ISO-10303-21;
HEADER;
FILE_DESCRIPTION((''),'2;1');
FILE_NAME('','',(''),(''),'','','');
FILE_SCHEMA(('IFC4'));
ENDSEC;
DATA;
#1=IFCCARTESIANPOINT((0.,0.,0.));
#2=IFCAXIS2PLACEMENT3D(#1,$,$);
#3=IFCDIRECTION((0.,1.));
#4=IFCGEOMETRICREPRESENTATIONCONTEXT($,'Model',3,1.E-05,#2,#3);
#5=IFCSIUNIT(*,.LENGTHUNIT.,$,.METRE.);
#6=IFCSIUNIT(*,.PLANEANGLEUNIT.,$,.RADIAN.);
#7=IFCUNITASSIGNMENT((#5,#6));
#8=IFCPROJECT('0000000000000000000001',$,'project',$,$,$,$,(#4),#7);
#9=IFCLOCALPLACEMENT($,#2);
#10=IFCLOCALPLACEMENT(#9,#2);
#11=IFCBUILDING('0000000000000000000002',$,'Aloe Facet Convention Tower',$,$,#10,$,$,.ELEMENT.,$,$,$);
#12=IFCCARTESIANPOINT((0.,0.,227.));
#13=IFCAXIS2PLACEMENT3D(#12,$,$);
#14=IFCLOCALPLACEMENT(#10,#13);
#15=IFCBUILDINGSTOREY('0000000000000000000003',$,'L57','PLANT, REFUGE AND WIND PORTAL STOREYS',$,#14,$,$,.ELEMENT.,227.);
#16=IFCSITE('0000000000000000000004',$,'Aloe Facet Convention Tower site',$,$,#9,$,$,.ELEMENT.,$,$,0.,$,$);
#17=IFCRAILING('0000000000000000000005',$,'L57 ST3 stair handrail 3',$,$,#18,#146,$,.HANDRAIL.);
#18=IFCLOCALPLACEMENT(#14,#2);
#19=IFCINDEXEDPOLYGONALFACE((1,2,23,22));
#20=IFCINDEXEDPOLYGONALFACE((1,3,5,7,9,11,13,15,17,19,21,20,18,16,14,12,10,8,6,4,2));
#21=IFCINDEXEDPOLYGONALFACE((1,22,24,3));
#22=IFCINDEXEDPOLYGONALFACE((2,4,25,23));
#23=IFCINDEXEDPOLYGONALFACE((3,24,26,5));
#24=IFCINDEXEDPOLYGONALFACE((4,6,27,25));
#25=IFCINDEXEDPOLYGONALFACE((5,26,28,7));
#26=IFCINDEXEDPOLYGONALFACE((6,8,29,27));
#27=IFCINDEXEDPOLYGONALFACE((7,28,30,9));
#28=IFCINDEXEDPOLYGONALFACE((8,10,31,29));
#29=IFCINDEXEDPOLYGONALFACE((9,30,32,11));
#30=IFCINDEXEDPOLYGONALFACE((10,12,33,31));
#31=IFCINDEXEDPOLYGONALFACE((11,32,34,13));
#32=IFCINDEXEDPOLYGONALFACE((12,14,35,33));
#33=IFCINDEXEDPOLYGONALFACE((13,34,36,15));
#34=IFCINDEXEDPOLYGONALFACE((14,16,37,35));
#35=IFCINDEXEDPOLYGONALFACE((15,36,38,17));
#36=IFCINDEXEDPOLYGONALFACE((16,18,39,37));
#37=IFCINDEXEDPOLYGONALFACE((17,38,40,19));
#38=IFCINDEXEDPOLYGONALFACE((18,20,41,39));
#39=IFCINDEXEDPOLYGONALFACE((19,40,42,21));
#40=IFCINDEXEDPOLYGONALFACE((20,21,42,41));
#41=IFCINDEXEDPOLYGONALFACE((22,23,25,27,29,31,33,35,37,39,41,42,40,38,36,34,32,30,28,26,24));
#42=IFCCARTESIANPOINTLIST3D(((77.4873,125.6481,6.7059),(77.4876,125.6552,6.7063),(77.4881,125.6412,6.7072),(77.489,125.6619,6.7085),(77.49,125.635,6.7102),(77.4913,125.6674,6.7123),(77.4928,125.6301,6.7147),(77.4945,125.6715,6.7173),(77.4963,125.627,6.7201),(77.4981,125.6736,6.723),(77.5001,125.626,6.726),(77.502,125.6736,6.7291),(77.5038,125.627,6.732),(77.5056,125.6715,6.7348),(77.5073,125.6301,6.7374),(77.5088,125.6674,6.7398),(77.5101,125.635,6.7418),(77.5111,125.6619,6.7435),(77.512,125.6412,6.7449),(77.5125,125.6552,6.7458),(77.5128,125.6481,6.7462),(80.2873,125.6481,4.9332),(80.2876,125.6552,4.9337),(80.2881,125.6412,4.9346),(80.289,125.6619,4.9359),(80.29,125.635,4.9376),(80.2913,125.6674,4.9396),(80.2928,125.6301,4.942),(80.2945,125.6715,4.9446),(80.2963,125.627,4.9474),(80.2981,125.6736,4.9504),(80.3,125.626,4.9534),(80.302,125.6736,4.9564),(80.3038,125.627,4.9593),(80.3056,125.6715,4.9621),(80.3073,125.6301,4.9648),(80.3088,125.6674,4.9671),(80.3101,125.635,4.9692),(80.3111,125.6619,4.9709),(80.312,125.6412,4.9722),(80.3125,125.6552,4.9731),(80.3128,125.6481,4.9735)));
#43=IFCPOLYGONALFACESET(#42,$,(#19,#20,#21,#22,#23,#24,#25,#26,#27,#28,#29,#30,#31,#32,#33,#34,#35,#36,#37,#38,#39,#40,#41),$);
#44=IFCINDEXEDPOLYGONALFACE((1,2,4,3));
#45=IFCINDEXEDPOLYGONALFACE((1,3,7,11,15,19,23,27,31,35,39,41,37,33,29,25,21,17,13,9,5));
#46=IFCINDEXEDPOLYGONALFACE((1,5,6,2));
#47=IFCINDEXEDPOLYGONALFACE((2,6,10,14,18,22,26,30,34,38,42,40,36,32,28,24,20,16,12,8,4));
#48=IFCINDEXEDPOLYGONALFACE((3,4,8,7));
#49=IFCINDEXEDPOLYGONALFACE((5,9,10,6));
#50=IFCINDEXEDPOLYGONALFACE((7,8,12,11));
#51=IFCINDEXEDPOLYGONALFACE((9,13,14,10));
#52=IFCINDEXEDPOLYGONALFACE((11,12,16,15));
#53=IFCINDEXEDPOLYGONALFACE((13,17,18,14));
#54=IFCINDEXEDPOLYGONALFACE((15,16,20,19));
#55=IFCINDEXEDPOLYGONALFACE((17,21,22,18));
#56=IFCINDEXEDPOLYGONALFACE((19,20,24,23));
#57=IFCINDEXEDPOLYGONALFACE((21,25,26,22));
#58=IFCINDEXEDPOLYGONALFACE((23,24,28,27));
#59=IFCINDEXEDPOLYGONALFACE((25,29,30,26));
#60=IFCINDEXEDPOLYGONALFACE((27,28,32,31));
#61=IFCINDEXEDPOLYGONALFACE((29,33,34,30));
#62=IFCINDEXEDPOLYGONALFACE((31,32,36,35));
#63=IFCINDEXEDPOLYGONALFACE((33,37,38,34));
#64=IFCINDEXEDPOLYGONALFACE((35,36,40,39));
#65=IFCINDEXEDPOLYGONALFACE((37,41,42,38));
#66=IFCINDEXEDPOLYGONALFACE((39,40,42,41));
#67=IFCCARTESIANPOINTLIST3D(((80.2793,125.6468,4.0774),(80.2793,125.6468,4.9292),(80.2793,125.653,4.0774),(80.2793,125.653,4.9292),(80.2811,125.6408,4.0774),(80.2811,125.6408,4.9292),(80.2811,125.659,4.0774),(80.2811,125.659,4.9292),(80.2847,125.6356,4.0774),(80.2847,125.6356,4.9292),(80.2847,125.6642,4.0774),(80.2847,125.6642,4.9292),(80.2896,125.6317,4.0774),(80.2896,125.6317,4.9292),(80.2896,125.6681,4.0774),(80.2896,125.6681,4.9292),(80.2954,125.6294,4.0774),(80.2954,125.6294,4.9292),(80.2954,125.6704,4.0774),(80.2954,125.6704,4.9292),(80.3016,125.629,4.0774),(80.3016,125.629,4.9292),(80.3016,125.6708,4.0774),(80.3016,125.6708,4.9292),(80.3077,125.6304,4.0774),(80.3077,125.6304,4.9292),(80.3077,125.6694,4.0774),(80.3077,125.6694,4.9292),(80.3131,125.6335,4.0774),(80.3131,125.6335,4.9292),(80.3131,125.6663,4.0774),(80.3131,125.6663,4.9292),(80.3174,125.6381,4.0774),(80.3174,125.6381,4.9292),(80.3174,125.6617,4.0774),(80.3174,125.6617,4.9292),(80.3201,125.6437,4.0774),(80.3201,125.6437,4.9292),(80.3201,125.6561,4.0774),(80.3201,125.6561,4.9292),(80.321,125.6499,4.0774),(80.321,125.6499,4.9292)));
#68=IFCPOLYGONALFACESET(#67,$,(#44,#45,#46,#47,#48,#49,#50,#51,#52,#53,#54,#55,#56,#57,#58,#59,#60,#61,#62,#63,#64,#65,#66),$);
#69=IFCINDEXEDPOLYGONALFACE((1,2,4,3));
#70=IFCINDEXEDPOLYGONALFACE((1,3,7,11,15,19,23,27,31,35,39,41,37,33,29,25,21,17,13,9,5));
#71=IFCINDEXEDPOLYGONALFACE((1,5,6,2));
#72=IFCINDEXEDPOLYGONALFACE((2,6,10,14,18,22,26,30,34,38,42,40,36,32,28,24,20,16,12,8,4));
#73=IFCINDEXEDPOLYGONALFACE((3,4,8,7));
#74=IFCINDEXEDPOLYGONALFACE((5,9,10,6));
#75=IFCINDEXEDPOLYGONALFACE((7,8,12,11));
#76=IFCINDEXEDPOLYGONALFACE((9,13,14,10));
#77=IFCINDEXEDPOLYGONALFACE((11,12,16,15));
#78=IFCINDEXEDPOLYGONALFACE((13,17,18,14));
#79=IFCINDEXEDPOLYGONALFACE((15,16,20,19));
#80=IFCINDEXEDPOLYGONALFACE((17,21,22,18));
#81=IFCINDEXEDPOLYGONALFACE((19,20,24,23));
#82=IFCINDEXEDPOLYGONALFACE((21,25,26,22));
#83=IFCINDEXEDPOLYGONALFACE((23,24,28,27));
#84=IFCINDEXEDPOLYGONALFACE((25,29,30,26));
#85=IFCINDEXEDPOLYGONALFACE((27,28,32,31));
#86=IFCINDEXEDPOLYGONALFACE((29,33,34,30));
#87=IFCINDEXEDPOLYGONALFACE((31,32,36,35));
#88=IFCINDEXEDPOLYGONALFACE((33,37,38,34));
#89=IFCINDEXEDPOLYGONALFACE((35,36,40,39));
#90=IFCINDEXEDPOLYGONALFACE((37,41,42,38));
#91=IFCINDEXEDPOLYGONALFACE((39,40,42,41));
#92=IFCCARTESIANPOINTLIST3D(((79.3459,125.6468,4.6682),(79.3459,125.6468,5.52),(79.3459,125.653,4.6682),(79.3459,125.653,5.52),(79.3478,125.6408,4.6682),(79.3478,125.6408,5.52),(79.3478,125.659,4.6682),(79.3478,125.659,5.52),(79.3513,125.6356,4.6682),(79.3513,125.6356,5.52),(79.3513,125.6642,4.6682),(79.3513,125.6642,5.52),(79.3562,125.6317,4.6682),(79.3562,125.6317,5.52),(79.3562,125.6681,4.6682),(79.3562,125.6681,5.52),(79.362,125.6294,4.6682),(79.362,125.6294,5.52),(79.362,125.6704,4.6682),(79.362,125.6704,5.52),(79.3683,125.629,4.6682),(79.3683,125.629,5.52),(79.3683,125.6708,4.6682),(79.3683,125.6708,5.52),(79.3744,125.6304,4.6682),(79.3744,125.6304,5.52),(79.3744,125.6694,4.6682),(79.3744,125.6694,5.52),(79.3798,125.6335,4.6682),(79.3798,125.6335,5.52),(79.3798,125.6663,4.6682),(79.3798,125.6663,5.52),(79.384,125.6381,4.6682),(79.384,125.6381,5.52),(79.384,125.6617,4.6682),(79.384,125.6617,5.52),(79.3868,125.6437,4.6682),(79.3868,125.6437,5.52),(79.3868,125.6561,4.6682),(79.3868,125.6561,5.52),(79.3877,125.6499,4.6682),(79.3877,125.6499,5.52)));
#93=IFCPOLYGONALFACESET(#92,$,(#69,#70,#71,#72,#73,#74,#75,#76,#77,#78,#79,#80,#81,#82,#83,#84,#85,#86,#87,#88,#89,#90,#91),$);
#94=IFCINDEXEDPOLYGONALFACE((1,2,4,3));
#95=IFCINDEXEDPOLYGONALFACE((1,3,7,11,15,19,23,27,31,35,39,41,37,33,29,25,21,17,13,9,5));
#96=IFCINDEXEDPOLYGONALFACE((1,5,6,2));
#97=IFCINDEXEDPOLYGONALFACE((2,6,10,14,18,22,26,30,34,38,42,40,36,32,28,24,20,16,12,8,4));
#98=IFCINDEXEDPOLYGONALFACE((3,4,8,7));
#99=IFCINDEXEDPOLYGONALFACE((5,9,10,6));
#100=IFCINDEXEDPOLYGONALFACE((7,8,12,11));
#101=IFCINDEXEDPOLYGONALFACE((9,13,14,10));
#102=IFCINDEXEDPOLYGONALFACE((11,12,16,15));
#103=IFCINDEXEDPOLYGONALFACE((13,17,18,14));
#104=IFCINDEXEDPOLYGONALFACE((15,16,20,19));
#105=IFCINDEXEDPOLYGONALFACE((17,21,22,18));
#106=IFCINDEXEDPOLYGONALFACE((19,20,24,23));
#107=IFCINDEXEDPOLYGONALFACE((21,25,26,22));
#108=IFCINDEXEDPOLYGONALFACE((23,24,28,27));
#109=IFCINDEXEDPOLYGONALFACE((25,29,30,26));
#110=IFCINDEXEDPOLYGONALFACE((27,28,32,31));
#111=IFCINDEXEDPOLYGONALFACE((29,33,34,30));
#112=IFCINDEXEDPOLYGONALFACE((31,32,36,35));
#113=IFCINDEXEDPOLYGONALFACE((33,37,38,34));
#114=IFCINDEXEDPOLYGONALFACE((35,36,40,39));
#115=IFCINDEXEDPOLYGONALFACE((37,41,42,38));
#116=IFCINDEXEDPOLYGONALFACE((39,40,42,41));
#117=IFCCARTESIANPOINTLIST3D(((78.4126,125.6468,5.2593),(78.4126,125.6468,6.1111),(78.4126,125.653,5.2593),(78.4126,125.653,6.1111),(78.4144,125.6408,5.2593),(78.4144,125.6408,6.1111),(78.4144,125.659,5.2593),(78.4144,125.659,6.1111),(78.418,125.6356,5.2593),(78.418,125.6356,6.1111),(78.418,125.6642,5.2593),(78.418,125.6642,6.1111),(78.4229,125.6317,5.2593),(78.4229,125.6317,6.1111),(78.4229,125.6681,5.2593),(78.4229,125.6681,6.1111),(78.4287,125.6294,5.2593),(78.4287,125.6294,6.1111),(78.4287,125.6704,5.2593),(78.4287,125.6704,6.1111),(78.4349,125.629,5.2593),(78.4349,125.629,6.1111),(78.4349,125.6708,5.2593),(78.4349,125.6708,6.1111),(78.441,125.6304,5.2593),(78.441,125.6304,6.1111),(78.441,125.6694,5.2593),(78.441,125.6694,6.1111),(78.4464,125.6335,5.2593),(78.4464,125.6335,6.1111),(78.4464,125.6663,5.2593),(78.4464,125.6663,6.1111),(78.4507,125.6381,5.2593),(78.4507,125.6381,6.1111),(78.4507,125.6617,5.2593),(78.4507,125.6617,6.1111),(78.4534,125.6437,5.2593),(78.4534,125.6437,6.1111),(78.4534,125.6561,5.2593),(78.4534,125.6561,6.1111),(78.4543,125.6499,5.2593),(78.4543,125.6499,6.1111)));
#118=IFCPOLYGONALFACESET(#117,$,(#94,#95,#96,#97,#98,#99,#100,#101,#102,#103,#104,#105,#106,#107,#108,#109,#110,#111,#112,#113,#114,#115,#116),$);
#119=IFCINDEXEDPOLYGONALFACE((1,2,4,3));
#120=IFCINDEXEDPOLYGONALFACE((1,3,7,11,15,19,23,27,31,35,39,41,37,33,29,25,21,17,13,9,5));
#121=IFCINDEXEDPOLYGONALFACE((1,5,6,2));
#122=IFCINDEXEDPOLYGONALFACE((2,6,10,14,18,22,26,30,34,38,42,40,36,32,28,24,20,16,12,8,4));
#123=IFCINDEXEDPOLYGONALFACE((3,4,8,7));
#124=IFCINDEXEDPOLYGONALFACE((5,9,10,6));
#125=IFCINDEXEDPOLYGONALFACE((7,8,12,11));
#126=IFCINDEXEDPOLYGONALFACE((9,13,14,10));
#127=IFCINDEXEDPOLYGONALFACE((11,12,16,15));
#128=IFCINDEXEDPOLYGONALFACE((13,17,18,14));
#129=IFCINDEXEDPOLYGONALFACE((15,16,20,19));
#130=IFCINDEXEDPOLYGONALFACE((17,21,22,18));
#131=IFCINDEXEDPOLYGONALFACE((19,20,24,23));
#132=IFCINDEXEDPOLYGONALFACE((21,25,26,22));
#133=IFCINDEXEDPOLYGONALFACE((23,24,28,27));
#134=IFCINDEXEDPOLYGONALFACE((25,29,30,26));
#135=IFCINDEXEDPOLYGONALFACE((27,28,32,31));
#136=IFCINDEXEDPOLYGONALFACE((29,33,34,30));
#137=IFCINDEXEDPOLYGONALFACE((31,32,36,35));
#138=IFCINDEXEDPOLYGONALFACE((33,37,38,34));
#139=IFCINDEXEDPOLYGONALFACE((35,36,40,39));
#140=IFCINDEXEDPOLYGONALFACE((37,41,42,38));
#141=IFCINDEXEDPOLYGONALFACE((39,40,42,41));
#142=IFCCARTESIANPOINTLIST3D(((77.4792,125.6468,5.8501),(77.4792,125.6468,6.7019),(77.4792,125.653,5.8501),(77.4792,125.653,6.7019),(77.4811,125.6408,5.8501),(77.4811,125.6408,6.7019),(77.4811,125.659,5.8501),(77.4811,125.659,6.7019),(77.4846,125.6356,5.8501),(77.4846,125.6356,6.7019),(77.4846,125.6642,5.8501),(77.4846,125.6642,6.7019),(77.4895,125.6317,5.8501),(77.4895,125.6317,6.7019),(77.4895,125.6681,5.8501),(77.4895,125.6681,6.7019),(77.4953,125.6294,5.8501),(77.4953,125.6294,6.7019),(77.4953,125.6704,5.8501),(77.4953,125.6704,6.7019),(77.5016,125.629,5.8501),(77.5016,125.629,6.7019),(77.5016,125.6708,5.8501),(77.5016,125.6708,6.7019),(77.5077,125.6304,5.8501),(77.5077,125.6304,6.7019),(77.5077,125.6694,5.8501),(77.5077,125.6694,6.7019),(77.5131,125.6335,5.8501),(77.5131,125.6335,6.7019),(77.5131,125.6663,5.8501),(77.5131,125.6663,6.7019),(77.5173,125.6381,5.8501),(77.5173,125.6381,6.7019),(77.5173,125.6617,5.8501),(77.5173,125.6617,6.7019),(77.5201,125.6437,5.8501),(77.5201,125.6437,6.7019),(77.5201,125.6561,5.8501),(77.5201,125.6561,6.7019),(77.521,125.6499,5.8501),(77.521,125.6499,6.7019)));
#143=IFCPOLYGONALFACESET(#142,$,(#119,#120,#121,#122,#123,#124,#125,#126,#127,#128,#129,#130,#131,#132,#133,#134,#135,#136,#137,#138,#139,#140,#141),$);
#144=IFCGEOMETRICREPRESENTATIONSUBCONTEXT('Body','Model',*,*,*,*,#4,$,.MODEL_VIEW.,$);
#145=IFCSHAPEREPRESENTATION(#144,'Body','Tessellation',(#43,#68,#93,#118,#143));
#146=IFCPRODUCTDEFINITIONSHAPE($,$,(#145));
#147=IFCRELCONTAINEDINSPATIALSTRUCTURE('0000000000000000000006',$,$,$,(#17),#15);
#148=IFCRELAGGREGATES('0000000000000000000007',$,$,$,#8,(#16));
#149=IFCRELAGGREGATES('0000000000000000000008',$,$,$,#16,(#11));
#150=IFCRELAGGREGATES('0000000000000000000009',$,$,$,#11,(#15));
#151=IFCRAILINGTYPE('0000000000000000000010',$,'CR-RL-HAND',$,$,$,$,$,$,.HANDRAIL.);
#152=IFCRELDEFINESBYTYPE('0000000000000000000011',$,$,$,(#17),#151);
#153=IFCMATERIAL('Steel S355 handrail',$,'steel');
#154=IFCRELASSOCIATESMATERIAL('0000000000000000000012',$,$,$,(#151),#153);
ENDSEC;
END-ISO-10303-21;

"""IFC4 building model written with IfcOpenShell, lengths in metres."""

from ifc_helpers import new_model, si_unit, direction, frame, origin, origin_2d, place, context, subcontext, project, spatial, circle, extrude, material, type_object, element, save


model = new_model("IFC4")

# Units and contexts
model_context = context("Model", 3, precision=1e-05, world=origin(), true_north=direction((0.0, 1.0)))
body_context = subcontext(model_context, "Body", "Model", "MODEL_VIEW")
ifc_project = project(units=[si_unit("LENGTHUNIT", "METRE"), si_unit("PLANEANGLEUNIT", "RADIAN")], contexts=[model_context])

# Site, building, storey
site_placement = place(None, origin())
site = spatial("IfcSite", under=ifc_project, at=site_placement, Name="Aloe Facet Convention Tower site", CompositionType="ELEMENT", RefElevation=0.0)
building_placement = place(site_placement, origin())
building = spatial("IfcBuilding", under=site, at=building_placement, Name="Aloe Facet Convention Tower", CompositionType="ELEMENT")
storey_placement = place(building_placement, frame((0.0, 0.0, 227.0)))
storey = spatial("IfcBuildingStorey", under=building, at=storey_placement, Name="L57", Description="PLANT, REFUGE AND WIND PORTAL STOREYS", CompositionType="ELEMENT", Elevation=227.0)

# Railing
ifc_material_1 = material(Name="Steel S355 handrail", Category="steel")
railing_type_1 = type_object("IfcRailingType", Name="CR-RL-HAND", PredefinedType="HANDRAIL", material=ifc_material_1)
for number, where, name in (
    (1, (80.3, 125.6499, 4.0774), "L57 ST3 stair handrail 3"),
):
    element("IfcRailing", number, at=place(storey_placement, frame(where)), inside=storey, type_object=railing_type_1, Name=name, PredefinedType="HANDRAIL", context=body_context, shape_type="SweptSolid", body=[
        extrude(circle(Radius=0.0239, at=origin_2d()), frame((0.0, 0.0, 0.876), z_axis=(-0.844909, 0.0, 0.53491), x_axis=(0.0, -1.0, 0.0)), (0.0, 0.0, 1.0), 3.314),
        extrude(circle(Radius=0.021, at=origin_2d()), origin(), (0.0, 0.0, 1.0), 0.8518),
        extrude(circle(Radius=0.021, at=origin_2d()), frame((-0.9333, 0.0, 0.5908)), (0.0, 0.0, 1.0), 0.8518),
        extrude(circle(Radius=0.021, at=origin_2d()), frame((-1.8667, 0.0, 1.1819)), (0.0, 0.0, 1.0), 0.8518),
        extrude(circle(Radius=0.021, at=origin_2d()), frame((-2.8, 0.0, 1.7727)), (0.0, 0.0, 1.0), 0.8518),
    ])

save(model, "model.ifc")
